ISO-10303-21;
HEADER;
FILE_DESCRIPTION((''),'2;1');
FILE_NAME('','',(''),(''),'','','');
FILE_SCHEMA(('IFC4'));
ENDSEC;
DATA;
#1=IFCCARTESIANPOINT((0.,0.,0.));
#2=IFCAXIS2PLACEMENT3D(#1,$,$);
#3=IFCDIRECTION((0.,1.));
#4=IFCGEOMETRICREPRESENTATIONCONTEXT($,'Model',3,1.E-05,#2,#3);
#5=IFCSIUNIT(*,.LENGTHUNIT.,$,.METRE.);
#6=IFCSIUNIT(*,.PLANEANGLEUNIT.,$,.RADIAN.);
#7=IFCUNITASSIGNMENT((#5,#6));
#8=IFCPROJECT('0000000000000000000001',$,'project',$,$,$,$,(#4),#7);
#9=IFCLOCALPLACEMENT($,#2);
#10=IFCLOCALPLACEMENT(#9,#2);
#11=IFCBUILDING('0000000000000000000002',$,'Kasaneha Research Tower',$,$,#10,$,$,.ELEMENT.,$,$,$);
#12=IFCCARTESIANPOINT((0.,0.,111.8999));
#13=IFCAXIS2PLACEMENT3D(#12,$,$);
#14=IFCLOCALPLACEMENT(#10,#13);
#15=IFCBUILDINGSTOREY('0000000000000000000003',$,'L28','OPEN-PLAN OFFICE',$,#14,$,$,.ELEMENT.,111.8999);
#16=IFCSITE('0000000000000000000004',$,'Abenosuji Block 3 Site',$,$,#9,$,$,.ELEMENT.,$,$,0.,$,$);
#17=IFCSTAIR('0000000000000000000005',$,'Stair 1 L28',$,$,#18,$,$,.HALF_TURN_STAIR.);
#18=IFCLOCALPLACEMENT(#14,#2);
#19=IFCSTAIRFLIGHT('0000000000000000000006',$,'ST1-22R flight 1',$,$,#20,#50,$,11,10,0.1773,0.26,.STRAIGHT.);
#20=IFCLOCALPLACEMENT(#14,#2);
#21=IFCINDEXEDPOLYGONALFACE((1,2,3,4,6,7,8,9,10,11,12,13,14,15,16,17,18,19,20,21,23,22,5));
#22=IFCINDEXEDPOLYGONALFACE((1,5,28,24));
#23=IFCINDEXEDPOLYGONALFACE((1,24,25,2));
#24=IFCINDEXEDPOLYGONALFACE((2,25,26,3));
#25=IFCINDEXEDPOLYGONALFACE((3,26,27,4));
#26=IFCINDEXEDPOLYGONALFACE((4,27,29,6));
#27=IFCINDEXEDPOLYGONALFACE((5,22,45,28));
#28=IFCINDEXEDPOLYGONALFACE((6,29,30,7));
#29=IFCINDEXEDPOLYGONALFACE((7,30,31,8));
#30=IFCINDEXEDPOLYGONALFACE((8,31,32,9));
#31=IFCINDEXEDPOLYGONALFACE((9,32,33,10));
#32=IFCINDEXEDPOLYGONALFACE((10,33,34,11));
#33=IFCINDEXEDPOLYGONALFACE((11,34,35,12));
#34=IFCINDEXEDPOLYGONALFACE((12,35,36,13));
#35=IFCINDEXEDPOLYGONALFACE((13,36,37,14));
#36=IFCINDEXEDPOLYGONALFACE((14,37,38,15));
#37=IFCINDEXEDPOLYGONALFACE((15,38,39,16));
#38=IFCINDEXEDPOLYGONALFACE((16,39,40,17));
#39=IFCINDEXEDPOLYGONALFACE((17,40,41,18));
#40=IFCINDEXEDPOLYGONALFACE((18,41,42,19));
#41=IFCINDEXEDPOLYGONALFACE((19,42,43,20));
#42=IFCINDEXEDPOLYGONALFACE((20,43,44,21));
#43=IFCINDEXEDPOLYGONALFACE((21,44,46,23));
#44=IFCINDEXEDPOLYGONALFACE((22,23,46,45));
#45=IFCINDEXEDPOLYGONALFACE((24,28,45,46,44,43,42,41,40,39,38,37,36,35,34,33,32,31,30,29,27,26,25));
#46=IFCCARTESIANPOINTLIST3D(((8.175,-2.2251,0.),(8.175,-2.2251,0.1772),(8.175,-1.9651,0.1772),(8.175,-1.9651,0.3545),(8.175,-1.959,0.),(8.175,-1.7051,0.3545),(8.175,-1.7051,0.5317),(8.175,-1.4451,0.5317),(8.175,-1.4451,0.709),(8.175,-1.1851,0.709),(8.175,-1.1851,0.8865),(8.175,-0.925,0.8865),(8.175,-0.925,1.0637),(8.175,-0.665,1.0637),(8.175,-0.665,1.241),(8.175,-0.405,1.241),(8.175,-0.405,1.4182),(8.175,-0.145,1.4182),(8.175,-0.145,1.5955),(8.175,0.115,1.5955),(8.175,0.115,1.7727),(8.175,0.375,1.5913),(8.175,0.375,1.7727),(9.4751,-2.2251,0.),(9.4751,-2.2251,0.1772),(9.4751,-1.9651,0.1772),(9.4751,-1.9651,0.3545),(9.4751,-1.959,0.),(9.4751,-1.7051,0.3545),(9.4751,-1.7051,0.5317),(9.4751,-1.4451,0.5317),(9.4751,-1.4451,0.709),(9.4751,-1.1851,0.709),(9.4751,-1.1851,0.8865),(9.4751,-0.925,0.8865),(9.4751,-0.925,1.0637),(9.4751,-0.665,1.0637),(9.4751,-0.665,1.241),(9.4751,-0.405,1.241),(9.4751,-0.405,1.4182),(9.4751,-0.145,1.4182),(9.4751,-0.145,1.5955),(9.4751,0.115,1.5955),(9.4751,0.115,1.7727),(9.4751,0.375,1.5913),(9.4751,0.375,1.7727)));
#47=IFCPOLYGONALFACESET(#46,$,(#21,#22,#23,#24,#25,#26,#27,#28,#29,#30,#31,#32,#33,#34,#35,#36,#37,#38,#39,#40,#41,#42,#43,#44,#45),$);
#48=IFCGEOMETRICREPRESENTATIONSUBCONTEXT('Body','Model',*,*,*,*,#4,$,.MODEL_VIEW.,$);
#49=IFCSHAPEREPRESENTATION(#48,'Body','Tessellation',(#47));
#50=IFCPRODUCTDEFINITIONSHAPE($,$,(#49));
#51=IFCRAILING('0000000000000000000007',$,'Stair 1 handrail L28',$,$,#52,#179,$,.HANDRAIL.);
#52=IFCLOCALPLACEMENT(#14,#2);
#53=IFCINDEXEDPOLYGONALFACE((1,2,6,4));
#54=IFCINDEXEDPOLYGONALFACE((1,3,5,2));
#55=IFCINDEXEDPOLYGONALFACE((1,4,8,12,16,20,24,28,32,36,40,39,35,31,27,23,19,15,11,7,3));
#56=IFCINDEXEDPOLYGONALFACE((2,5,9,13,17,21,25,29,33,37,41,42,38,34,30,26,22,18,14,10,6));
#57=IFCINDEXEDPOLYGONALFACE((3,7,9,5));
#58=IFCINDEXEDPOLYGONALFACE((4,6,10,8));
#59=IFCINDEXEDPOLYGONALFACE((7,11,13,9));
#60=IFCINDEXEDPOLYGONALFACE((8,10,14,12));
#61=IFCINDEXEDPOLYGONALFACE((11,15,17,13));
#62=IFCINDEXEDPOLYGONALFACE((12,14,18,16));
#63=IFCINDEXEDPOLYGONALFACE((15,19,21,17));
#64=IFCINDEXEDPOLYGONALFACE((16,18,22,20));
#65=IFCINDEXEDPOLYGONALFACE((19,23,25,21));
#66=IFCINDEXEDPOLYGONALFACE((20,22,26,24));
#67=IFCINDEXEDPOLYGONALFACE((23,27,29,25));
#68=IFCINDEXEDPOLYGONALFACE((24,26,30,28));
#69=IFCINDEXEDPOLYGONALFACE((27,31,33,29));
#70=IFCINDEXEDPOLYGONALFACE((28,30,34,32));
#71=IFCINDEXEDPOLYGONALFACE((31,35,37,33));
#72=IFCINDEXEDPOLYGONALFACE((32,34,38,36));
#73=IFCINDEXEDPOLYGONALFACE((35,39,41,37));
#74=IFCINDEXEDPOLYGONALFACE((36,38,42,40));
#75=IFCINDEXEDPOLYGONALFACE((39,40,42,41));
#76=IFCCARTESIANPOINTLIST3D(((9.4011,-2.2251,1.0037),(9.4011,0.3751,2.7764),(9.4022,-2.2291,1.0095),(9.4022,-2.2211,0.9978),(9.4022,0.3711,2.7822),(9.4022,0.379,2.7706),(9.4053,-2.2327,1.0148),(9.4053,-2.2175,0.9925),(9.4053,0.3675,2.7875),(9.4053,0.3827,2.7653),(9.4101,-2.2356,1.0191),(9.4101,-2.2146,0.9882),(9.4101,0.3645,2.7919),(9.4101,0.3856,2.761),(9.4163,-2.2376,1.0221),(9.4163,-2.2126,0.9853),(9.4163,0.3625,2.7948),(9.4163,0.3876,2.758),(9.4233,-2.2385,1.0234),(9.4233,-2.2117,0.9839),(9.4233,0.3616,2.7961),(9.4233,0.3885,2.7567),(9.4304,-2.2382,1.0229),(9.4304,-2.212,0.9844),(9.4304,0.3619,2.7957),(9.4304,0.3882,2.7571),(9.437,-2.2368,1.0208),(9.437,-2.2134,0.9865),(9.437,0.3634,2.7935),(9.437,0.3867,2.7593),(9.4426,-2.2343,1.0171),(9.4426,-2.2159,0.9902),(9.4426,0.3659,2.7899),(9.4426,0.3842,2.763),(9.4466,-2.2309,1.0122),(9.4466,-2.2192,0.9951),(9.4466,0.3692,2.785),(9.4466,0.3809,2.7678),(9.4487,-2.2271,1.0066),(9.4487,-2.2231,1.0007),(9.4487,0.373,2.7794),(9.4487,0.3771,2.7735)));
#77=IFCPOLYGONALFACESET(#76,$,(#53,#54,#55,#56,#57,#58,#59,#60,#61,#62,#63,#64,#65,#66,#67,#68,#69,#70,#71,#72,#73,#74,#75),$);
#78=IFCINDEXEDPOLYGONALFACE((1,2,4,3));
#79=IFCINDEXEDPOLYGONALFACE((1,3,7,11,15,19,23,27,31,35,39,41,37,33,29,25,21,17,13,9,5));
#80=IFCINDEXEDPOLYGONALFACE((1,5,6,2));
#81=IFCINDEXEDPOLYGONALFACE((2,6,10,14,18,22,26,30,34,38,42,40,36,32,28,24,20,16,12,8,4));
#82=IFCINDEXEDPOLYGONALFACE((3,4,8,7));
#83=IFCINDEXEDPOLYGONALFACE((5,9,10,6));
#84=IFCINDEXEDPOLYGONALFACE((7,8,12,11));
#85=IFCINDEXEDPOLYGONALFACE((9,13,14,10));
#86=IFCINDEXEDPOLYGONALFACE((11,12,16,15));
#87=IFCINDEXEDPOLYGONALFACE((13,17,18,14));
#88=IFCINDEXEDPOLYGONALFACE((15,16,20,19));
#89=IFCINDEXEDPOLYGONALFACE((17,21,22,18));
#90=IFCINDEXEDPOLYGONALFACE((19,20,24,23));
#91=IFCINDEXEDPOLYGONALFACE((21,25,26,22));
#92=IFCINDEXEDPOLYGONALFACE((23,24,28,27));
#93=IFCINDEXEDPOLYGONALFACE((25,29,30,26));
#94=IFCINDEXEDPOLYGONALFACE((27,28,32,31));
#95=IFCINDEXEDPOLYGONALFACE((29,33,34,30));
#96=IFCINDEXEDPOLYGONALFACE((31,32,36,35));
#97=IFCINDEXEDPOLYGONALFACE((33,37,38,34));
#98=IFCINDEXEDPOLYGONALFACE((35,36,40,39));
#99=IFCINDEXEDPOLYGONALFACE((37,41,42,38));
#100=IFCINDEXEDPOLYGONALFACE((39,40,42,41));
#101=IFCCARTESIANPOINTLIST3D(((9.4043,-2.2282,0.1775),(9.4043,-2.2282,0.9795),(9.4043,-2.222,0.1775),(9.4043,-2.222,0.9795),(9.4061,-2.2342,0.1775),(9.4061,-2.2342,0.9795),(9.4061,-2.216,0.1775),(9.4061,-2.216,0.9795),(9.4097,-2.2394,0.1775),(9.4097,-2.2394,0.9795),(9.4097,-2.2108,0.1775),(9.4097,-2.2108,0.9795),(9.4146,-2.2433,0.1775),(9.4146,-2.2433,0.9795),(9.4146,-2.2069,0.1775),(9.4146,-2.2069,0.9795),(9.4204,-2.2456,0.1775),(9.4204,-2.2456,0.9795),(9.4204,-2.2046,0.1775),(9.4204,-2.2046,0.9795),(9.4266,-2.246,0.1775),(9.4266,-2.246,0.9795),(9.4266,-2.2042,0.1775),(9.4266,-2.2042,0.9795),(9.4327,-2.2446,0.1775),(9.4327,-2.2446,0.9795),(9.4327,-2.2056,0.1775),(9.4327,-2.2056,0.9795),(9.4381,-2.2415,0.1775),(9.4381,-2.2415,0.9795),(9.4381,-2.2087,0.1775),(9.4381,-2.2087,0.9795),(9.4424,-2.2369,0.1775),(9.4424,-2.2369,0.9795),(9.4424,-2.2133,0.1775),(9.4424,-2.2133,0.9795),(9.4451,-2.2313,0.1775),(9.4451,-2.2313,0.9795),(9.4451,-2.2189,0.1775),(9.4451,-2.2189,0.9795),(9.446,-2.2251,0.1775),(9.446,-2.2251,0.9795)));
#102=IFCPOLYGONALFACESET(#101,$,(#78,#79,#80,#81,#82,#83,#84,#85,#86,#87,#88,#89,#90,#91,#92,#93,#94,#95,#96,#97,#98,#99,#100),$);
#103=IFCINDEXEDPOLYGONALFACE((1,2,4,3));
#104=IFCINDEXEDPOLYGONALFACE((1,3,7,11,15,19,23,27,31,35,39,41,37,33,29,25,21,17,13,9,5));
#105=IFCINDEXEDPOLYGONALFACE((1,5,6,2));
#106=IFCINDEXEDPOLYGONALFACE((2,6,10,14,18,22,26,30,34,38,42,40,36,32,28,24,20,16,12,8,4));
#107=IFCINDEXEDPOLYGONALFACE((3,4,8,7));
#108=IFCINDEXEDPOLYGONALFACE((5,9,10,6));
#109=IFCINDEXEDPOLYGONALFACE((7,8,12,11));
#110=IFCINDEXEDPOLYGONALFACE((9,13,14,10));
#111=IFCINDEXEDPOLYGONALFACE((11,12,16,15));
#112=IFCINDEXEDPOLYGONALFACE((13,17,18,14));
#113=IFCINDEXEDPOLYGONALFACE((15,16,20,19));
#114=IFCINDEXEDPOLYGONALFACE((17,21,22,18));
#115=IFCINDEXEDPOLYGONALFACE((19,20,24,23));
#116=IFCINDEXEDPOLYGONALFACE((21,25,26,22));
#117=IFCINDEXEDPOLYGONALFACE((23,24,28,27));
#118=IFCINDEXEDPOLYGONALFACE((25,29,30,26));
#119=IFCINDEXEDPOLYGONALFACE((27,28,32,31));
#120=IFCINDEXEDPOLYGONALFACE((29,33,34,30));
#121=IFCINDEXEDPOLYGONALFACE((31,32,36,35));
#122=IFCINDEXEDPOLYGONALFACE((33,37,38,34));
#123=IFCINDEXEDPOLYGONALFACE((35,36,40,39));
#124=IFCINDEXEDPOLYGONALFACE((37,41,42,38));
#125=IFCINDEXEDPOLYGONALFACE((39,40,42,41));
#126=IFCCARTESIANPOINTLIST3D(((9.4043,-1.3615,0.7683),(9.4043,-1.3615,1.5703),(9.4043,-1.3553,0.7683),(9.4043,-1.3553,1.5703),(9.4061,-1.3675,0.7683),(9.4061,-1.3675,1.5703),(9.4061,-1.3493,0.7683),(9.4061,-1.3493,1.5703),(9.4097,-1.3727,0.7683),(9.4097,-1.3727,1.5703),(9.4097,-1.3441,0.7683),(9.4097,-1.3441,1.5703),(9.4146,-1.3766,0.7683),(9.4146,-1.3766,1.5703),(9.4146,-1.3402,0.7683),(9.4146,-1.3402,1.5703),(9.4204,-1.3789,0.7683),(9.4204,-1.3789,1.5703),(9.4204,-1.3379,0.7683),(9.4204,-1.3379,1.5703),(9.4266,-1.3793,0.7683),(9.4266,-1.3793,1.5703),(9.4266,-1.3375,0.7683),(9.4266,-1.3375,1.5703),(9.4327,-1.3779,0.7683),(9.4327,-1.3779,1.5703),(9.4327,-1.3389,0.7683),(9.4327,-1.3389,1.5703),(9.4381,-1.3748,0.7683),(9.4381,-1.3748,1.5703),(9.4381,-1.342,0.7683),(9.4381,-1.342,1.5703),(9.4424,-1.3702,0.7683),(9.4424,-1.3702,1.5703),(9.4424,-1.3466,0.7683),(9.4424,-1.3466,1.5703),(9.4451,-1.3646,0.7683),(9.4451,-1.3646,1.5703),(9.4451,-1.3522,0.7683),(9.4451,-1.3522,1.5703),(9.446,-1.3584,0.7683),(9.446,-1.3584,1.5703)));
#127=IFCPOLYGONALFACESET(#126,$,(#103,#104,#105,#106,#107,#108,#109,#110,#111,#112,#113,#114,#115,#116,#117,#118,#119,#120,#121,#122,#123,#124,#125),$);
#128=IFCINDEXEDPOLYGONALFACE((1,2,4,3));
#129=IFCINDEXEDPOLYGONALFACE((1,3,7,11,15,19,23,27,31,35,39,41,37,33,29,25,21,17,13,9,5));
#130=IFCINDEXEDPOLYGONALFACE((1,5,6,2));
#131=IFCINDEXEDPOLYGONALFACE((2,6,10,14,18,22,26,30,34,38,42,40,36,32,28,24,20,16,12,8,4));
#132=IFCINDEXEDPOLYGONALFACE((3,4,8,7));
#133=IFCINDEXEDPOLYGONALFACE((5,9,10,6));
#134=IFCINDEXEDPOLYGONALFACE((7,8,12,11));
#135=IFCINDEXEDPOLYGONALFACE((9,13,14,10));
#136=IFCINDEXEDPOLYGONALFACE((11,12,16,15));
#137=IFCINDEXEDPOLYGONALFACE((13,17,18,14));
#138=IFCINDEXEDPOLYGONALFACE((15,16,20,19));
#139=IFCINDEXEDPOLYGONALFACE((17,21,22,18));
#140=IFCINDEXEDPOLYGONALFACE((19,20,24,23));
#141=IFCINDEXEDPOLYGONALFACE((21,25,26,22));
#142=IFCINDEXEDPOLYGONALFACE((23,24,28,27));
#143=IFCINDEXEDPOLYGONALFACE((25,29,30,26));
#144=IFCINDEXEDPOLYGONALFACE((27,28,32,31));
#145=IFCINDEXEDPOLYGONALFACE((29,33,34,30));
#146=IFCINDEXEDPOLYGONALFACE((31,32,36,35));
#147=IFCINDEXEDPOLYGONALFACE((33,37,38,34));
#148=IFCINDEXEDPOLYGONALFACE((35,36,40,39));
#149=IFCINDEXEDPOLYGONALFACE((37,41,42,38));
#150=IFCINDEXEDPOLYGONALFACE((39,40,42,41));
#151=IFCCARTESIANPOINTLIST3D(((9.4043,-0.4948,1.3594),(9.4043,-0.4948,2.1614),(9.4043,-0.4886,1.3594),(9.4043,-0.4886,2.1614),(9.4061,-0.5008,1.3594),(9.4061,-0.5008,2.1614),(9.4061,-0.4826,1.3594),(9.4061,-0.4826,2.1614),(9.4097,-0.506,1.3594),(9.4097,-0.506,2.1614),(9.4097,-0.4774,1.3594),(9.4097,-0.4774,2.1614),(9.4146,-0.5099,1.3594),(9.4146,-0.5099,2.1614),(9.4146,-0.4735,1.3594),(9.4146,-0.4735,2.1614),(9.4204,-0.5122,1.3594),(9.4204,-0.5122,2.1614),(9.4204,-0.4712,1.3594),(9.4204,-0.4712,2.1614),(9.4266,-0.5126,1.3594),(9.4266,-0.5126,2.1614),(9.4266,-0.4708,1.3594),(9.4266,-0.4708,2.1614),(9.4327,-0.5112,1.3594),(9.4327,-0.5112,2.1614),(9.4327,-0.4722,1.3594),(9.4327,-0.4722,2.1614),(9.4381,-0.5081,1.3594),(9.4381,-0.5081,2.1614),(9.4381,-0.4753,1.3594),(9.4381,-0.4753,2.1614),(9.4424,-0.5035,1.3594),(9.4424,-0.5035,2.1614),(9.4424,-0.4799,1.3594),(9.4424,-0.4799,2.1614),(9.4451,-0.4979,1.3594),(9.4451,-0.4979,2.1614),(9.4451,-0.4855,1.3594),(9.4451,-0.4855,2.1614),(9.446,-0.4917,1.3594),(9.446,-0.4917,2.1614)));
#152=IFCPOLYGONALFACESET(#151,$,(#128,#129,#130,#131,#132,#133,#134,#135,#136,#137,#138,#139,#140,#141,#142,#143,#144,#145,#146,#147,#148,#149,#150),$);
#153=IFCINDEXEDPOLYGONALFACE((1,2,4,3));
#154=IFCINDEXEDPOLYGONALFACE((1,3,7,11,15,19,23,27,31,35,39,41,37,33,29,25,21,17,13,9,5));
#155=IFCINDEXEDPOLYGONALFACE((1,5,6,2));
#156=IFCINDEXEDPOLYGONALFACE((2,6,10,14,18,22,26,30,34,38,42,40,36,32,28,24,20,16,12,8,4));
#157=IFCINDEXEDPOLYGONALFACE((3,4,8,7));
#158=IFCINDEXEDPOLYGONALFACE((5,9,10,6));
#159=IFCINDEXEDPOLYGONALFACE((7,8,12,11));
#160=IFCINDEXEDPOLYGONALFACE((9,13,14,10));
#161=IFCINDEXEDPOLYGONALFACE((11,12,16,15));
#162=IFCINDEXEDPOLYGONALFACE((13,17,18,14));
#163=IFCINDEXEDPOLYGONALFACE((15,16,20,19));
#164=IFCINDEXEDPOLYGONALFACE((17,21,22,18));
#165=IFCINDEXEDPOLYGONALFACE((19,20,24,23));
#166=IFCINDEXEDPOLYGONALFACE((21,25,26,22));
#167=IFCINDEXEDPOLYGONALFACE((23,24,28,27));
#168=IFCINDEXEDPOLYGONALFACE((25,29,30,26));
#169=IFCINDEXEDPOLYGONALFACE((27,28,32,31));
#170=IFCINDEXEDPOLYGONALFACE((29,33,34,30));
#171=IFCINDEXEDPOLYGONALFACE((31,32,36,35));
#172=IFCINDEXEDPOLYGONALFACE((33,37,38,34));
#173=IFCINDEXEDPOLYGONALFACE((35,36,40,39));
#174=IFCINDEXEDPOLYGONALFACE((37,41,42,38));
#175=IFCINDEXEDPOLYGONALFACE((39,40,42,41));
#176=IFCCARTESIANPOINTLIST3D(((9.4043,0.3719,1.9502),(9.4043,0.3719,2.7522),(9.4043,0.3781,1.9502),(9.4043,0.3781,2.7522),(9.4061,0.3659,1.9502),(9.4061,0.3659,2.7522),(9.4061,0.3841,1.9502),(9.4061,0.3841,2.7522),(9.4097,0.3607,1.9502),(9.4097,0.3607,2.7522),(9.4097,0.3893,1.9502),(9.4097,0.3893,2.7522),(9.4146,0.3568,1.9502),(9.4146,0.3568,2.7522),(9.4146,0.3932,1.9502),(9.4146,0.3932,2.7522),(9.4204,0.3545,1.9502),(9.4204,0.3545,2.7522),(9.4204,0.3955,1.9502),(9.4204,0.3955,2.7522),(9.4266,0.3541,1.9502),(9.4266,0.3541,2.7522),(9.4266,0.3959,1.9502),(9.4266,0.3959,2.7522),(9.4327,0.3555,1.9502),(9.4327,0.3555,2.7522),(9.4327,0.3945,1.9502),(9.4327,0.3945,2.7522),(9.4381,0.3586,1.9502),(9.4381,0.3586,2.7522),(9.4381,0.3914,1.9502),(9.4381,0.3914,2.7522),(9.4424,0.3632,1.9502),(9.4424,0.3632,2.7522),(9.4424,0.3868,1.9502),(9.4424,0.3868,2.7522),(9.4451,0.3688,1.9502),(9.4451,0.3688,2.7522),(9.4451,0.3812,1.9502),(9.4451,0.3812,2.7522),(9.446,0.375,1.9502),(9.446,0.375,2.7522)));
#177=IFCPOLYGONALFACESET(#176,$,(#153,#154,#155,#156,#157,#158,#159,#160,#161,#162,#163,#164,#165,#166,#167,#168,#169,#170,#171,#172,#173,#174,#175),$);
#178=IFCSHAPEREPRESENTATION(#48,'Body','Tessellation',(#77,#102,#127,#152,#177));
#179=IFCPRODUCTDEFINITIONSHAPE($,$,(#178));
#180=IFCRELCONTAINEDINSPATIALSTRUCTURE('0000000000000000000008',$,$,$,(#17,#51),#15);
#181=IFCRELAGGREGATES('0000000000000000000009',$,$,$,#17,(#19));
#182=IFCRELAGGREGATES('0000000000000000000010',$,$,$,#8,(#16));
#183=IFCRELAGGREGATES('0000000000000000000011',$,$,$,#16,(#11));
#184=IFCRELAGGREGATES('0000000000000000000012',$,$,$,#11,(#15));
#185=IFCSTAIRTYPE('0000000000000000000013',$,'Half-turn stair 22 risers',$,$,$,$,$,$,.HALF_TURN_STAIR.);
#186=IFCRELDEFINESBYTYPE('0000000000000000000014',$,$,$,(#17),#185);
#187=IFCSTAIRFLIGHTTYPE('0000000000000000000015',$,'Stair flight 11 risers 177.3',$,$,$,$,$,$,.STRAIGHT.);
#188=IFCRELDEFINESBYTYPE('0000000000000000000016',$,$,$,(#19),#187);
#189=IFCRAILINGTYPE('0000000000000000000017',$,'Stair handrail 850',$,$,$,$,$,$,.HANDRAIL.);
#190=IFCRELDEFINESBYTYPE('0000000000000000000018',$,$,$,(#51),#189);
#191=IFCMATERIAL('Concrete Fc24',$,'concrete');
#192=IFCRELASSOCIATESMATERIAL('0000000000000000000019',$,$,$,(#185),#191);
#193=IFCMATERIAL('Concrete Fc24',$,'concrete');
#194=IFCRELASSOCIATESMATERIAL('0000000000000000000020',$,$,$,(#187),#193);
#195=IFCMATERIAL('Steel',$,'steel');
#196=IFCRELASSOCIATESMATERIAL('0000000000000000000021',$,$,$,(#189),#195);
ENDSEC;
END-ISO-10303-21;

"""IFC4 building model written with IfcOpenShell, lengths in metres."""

from ifc_helpers import new_model, si_unit, direction, frame, origin, origin_2d, place, context, subcontext, project, spatial, polyline, circle, outline, extrude, material, type_object, element, aggregate, save


model = new_model("IFC4")

# Units and contexts
model_context = context("Model", 3, precision=1e-05, world=origin(), true_north=direction((0.0, 1.0)))
body_context = subcontext(model_context, "Body", "Model", "MODEL_VIEW")
ifc_project = project(units=[si_unit("LENGTHUNIT", "METRE"), si_unit("PLANEANGLEUNIT", "RADIAN")], contexts=[model_context])

# Site, building, storey
site_placement = place(None, origin())
site = spatial("IfcSite", under=ifc_project, at=site_placement, Name="Abenosuji Block 3 Site", CompositionType="ELEMENT", RefElevation=0.0)
building_placement = place(site_placement, origin())
building = spatial("IfcBuilding", under=site, at=building_placement, Name="Kasaneha Research Tower", CompositionType="ELEMENT")
storey_placement = place(building_placement, frame((0.0, 0.0, 111.8999)))
storey = spatial("IfcBuildingStorey", under=building, at=storey_placement, Name="L28", Description="OPEN-PLAN OFFICE", CompositionType="ELEMENT", Elevation=111.8999)

# Stair, stair flight
ifc_material_1 = material(Name="Concrete Fc24", Category="concrete")
stair_type = type_object("IfcStairType", Name="Half-turn stair 22 risers", PredefinedType="HALF_TURN_STAIR", material=ifc_material_1)
stair_placement = place(storey_placement, origin())
stair = element("IfcStair", 1, at=stair_placement, inside=storey, type_object=stair_type, Name="Stair 1 L28", PredefinedType="HALF_TURN_STAIR")
ifc_material_2 = material(Name="Concrete Fc24", Category="concrete")
stair_flight_type = type_object("IfcStairFlightType", Name="Stair flight 11 risers 177.3", PredefinedType="STRAIGHT", material=ifc_material_2)
stair_flight_placement = place(storey_placement, frame((8.825, -2.2251, 0.0), z_axis=(0.0, 0.0, 1.0), x_axis=(0.0, 1.0, 0.0)))
stair_flight = element("IfcStairFlight", 2, at=stair_flight_placement, type_object=stair_flight_type, Name="ST1-22R flight 1", NumberOfRisers=11, NumberOfTreads=10, PredefinedType="STRAIGHT", RiserHeight=0.1773, TreadLength=0.26, context=body_context, shape_type="SweptSolid", body=[
    extrude(outline(polyline([(0.0, 0.0), (0.0, 0.1772), (0.26, 0.1772), (0.26, 0.3545), (0.52, 0.3545), (0.52, 0.5317), (0.78, 0.5317), (0.78, 0.709), (1.04, 0.709), (1.04, 0.8865), (1.3, 0.8865), (1.3, 1.0637), (1.5601, 1.0637), (1.5601, 1.241), (1.8201, 1.241), (1.8201, 1.4182), (2.0801, 1.4182), (2.0801, 1.5955), (2.3401, 1.5955), (2.3401, 1.7727), (2.6001, 1.7727), (2.6001, 1.95), (2.6001, 1.5913), (0.2661, 0.0), (0.0, 0.0)])), frame((0.0, 0.6499, 0.0), z_axis=(0.0, -1.0, 0.0), x_axis=(1.0, 0.0, 0.0)), (0.0, 0.0, 1.0), 1.3),
])
aggregate(stair, [stair_flight])

# Railing
ifc_material_3 = material(Name="Steel", Category="steel")
railing_type = type_object("IfcRailingType", Name="Stair handrail 850", PredefinedType="HANDRAIL", material=ifc_material_3)
railing_placement = place(storey_placement, frame((9.425, -2.2251, 0.1775)))
element("IfcRailing", 3, at=railing_placement, inside=storey, type_object=railing_type, Name="Stair 1 handrail L28", PredefinedType="HANDRAIL", context=body_context, shape_type="SweptSolid", body=[
    extrude(circle(Radius=0.0239, at=origin_2d()), frame((0.0, 0.0, 0.8262), z_axis=(0.0, 0.82624, 0.563318), x_axis=(-1.0, 0.0, 0.0)), (0.0, 0.0, 1.0), 3.147),
    extrude(circle(Radius=0.021, at=origin_2d()), origin(), (0.0, 0.0, 1.0), 0.802),
    extrude(circle(Radius=0.021, at=origin_2d()), frame((0.0, 0.8667, 0.5908)), (0.0, 0.0, 1.0), 0.802),
    extrude(circle(Radius=0.021, at=origin_2d()), frame((0.0, 1.7334, 1.1819)), (0.0, 0.0, 1.0), 0.802),
    extrude(circle(Radius=0.021, at=origin_2d()), frame((0.0, 2.6001, 1.7727)), (0.0, 0.0, 1.0), 0.802),
])

save(model, "model.ifc")
